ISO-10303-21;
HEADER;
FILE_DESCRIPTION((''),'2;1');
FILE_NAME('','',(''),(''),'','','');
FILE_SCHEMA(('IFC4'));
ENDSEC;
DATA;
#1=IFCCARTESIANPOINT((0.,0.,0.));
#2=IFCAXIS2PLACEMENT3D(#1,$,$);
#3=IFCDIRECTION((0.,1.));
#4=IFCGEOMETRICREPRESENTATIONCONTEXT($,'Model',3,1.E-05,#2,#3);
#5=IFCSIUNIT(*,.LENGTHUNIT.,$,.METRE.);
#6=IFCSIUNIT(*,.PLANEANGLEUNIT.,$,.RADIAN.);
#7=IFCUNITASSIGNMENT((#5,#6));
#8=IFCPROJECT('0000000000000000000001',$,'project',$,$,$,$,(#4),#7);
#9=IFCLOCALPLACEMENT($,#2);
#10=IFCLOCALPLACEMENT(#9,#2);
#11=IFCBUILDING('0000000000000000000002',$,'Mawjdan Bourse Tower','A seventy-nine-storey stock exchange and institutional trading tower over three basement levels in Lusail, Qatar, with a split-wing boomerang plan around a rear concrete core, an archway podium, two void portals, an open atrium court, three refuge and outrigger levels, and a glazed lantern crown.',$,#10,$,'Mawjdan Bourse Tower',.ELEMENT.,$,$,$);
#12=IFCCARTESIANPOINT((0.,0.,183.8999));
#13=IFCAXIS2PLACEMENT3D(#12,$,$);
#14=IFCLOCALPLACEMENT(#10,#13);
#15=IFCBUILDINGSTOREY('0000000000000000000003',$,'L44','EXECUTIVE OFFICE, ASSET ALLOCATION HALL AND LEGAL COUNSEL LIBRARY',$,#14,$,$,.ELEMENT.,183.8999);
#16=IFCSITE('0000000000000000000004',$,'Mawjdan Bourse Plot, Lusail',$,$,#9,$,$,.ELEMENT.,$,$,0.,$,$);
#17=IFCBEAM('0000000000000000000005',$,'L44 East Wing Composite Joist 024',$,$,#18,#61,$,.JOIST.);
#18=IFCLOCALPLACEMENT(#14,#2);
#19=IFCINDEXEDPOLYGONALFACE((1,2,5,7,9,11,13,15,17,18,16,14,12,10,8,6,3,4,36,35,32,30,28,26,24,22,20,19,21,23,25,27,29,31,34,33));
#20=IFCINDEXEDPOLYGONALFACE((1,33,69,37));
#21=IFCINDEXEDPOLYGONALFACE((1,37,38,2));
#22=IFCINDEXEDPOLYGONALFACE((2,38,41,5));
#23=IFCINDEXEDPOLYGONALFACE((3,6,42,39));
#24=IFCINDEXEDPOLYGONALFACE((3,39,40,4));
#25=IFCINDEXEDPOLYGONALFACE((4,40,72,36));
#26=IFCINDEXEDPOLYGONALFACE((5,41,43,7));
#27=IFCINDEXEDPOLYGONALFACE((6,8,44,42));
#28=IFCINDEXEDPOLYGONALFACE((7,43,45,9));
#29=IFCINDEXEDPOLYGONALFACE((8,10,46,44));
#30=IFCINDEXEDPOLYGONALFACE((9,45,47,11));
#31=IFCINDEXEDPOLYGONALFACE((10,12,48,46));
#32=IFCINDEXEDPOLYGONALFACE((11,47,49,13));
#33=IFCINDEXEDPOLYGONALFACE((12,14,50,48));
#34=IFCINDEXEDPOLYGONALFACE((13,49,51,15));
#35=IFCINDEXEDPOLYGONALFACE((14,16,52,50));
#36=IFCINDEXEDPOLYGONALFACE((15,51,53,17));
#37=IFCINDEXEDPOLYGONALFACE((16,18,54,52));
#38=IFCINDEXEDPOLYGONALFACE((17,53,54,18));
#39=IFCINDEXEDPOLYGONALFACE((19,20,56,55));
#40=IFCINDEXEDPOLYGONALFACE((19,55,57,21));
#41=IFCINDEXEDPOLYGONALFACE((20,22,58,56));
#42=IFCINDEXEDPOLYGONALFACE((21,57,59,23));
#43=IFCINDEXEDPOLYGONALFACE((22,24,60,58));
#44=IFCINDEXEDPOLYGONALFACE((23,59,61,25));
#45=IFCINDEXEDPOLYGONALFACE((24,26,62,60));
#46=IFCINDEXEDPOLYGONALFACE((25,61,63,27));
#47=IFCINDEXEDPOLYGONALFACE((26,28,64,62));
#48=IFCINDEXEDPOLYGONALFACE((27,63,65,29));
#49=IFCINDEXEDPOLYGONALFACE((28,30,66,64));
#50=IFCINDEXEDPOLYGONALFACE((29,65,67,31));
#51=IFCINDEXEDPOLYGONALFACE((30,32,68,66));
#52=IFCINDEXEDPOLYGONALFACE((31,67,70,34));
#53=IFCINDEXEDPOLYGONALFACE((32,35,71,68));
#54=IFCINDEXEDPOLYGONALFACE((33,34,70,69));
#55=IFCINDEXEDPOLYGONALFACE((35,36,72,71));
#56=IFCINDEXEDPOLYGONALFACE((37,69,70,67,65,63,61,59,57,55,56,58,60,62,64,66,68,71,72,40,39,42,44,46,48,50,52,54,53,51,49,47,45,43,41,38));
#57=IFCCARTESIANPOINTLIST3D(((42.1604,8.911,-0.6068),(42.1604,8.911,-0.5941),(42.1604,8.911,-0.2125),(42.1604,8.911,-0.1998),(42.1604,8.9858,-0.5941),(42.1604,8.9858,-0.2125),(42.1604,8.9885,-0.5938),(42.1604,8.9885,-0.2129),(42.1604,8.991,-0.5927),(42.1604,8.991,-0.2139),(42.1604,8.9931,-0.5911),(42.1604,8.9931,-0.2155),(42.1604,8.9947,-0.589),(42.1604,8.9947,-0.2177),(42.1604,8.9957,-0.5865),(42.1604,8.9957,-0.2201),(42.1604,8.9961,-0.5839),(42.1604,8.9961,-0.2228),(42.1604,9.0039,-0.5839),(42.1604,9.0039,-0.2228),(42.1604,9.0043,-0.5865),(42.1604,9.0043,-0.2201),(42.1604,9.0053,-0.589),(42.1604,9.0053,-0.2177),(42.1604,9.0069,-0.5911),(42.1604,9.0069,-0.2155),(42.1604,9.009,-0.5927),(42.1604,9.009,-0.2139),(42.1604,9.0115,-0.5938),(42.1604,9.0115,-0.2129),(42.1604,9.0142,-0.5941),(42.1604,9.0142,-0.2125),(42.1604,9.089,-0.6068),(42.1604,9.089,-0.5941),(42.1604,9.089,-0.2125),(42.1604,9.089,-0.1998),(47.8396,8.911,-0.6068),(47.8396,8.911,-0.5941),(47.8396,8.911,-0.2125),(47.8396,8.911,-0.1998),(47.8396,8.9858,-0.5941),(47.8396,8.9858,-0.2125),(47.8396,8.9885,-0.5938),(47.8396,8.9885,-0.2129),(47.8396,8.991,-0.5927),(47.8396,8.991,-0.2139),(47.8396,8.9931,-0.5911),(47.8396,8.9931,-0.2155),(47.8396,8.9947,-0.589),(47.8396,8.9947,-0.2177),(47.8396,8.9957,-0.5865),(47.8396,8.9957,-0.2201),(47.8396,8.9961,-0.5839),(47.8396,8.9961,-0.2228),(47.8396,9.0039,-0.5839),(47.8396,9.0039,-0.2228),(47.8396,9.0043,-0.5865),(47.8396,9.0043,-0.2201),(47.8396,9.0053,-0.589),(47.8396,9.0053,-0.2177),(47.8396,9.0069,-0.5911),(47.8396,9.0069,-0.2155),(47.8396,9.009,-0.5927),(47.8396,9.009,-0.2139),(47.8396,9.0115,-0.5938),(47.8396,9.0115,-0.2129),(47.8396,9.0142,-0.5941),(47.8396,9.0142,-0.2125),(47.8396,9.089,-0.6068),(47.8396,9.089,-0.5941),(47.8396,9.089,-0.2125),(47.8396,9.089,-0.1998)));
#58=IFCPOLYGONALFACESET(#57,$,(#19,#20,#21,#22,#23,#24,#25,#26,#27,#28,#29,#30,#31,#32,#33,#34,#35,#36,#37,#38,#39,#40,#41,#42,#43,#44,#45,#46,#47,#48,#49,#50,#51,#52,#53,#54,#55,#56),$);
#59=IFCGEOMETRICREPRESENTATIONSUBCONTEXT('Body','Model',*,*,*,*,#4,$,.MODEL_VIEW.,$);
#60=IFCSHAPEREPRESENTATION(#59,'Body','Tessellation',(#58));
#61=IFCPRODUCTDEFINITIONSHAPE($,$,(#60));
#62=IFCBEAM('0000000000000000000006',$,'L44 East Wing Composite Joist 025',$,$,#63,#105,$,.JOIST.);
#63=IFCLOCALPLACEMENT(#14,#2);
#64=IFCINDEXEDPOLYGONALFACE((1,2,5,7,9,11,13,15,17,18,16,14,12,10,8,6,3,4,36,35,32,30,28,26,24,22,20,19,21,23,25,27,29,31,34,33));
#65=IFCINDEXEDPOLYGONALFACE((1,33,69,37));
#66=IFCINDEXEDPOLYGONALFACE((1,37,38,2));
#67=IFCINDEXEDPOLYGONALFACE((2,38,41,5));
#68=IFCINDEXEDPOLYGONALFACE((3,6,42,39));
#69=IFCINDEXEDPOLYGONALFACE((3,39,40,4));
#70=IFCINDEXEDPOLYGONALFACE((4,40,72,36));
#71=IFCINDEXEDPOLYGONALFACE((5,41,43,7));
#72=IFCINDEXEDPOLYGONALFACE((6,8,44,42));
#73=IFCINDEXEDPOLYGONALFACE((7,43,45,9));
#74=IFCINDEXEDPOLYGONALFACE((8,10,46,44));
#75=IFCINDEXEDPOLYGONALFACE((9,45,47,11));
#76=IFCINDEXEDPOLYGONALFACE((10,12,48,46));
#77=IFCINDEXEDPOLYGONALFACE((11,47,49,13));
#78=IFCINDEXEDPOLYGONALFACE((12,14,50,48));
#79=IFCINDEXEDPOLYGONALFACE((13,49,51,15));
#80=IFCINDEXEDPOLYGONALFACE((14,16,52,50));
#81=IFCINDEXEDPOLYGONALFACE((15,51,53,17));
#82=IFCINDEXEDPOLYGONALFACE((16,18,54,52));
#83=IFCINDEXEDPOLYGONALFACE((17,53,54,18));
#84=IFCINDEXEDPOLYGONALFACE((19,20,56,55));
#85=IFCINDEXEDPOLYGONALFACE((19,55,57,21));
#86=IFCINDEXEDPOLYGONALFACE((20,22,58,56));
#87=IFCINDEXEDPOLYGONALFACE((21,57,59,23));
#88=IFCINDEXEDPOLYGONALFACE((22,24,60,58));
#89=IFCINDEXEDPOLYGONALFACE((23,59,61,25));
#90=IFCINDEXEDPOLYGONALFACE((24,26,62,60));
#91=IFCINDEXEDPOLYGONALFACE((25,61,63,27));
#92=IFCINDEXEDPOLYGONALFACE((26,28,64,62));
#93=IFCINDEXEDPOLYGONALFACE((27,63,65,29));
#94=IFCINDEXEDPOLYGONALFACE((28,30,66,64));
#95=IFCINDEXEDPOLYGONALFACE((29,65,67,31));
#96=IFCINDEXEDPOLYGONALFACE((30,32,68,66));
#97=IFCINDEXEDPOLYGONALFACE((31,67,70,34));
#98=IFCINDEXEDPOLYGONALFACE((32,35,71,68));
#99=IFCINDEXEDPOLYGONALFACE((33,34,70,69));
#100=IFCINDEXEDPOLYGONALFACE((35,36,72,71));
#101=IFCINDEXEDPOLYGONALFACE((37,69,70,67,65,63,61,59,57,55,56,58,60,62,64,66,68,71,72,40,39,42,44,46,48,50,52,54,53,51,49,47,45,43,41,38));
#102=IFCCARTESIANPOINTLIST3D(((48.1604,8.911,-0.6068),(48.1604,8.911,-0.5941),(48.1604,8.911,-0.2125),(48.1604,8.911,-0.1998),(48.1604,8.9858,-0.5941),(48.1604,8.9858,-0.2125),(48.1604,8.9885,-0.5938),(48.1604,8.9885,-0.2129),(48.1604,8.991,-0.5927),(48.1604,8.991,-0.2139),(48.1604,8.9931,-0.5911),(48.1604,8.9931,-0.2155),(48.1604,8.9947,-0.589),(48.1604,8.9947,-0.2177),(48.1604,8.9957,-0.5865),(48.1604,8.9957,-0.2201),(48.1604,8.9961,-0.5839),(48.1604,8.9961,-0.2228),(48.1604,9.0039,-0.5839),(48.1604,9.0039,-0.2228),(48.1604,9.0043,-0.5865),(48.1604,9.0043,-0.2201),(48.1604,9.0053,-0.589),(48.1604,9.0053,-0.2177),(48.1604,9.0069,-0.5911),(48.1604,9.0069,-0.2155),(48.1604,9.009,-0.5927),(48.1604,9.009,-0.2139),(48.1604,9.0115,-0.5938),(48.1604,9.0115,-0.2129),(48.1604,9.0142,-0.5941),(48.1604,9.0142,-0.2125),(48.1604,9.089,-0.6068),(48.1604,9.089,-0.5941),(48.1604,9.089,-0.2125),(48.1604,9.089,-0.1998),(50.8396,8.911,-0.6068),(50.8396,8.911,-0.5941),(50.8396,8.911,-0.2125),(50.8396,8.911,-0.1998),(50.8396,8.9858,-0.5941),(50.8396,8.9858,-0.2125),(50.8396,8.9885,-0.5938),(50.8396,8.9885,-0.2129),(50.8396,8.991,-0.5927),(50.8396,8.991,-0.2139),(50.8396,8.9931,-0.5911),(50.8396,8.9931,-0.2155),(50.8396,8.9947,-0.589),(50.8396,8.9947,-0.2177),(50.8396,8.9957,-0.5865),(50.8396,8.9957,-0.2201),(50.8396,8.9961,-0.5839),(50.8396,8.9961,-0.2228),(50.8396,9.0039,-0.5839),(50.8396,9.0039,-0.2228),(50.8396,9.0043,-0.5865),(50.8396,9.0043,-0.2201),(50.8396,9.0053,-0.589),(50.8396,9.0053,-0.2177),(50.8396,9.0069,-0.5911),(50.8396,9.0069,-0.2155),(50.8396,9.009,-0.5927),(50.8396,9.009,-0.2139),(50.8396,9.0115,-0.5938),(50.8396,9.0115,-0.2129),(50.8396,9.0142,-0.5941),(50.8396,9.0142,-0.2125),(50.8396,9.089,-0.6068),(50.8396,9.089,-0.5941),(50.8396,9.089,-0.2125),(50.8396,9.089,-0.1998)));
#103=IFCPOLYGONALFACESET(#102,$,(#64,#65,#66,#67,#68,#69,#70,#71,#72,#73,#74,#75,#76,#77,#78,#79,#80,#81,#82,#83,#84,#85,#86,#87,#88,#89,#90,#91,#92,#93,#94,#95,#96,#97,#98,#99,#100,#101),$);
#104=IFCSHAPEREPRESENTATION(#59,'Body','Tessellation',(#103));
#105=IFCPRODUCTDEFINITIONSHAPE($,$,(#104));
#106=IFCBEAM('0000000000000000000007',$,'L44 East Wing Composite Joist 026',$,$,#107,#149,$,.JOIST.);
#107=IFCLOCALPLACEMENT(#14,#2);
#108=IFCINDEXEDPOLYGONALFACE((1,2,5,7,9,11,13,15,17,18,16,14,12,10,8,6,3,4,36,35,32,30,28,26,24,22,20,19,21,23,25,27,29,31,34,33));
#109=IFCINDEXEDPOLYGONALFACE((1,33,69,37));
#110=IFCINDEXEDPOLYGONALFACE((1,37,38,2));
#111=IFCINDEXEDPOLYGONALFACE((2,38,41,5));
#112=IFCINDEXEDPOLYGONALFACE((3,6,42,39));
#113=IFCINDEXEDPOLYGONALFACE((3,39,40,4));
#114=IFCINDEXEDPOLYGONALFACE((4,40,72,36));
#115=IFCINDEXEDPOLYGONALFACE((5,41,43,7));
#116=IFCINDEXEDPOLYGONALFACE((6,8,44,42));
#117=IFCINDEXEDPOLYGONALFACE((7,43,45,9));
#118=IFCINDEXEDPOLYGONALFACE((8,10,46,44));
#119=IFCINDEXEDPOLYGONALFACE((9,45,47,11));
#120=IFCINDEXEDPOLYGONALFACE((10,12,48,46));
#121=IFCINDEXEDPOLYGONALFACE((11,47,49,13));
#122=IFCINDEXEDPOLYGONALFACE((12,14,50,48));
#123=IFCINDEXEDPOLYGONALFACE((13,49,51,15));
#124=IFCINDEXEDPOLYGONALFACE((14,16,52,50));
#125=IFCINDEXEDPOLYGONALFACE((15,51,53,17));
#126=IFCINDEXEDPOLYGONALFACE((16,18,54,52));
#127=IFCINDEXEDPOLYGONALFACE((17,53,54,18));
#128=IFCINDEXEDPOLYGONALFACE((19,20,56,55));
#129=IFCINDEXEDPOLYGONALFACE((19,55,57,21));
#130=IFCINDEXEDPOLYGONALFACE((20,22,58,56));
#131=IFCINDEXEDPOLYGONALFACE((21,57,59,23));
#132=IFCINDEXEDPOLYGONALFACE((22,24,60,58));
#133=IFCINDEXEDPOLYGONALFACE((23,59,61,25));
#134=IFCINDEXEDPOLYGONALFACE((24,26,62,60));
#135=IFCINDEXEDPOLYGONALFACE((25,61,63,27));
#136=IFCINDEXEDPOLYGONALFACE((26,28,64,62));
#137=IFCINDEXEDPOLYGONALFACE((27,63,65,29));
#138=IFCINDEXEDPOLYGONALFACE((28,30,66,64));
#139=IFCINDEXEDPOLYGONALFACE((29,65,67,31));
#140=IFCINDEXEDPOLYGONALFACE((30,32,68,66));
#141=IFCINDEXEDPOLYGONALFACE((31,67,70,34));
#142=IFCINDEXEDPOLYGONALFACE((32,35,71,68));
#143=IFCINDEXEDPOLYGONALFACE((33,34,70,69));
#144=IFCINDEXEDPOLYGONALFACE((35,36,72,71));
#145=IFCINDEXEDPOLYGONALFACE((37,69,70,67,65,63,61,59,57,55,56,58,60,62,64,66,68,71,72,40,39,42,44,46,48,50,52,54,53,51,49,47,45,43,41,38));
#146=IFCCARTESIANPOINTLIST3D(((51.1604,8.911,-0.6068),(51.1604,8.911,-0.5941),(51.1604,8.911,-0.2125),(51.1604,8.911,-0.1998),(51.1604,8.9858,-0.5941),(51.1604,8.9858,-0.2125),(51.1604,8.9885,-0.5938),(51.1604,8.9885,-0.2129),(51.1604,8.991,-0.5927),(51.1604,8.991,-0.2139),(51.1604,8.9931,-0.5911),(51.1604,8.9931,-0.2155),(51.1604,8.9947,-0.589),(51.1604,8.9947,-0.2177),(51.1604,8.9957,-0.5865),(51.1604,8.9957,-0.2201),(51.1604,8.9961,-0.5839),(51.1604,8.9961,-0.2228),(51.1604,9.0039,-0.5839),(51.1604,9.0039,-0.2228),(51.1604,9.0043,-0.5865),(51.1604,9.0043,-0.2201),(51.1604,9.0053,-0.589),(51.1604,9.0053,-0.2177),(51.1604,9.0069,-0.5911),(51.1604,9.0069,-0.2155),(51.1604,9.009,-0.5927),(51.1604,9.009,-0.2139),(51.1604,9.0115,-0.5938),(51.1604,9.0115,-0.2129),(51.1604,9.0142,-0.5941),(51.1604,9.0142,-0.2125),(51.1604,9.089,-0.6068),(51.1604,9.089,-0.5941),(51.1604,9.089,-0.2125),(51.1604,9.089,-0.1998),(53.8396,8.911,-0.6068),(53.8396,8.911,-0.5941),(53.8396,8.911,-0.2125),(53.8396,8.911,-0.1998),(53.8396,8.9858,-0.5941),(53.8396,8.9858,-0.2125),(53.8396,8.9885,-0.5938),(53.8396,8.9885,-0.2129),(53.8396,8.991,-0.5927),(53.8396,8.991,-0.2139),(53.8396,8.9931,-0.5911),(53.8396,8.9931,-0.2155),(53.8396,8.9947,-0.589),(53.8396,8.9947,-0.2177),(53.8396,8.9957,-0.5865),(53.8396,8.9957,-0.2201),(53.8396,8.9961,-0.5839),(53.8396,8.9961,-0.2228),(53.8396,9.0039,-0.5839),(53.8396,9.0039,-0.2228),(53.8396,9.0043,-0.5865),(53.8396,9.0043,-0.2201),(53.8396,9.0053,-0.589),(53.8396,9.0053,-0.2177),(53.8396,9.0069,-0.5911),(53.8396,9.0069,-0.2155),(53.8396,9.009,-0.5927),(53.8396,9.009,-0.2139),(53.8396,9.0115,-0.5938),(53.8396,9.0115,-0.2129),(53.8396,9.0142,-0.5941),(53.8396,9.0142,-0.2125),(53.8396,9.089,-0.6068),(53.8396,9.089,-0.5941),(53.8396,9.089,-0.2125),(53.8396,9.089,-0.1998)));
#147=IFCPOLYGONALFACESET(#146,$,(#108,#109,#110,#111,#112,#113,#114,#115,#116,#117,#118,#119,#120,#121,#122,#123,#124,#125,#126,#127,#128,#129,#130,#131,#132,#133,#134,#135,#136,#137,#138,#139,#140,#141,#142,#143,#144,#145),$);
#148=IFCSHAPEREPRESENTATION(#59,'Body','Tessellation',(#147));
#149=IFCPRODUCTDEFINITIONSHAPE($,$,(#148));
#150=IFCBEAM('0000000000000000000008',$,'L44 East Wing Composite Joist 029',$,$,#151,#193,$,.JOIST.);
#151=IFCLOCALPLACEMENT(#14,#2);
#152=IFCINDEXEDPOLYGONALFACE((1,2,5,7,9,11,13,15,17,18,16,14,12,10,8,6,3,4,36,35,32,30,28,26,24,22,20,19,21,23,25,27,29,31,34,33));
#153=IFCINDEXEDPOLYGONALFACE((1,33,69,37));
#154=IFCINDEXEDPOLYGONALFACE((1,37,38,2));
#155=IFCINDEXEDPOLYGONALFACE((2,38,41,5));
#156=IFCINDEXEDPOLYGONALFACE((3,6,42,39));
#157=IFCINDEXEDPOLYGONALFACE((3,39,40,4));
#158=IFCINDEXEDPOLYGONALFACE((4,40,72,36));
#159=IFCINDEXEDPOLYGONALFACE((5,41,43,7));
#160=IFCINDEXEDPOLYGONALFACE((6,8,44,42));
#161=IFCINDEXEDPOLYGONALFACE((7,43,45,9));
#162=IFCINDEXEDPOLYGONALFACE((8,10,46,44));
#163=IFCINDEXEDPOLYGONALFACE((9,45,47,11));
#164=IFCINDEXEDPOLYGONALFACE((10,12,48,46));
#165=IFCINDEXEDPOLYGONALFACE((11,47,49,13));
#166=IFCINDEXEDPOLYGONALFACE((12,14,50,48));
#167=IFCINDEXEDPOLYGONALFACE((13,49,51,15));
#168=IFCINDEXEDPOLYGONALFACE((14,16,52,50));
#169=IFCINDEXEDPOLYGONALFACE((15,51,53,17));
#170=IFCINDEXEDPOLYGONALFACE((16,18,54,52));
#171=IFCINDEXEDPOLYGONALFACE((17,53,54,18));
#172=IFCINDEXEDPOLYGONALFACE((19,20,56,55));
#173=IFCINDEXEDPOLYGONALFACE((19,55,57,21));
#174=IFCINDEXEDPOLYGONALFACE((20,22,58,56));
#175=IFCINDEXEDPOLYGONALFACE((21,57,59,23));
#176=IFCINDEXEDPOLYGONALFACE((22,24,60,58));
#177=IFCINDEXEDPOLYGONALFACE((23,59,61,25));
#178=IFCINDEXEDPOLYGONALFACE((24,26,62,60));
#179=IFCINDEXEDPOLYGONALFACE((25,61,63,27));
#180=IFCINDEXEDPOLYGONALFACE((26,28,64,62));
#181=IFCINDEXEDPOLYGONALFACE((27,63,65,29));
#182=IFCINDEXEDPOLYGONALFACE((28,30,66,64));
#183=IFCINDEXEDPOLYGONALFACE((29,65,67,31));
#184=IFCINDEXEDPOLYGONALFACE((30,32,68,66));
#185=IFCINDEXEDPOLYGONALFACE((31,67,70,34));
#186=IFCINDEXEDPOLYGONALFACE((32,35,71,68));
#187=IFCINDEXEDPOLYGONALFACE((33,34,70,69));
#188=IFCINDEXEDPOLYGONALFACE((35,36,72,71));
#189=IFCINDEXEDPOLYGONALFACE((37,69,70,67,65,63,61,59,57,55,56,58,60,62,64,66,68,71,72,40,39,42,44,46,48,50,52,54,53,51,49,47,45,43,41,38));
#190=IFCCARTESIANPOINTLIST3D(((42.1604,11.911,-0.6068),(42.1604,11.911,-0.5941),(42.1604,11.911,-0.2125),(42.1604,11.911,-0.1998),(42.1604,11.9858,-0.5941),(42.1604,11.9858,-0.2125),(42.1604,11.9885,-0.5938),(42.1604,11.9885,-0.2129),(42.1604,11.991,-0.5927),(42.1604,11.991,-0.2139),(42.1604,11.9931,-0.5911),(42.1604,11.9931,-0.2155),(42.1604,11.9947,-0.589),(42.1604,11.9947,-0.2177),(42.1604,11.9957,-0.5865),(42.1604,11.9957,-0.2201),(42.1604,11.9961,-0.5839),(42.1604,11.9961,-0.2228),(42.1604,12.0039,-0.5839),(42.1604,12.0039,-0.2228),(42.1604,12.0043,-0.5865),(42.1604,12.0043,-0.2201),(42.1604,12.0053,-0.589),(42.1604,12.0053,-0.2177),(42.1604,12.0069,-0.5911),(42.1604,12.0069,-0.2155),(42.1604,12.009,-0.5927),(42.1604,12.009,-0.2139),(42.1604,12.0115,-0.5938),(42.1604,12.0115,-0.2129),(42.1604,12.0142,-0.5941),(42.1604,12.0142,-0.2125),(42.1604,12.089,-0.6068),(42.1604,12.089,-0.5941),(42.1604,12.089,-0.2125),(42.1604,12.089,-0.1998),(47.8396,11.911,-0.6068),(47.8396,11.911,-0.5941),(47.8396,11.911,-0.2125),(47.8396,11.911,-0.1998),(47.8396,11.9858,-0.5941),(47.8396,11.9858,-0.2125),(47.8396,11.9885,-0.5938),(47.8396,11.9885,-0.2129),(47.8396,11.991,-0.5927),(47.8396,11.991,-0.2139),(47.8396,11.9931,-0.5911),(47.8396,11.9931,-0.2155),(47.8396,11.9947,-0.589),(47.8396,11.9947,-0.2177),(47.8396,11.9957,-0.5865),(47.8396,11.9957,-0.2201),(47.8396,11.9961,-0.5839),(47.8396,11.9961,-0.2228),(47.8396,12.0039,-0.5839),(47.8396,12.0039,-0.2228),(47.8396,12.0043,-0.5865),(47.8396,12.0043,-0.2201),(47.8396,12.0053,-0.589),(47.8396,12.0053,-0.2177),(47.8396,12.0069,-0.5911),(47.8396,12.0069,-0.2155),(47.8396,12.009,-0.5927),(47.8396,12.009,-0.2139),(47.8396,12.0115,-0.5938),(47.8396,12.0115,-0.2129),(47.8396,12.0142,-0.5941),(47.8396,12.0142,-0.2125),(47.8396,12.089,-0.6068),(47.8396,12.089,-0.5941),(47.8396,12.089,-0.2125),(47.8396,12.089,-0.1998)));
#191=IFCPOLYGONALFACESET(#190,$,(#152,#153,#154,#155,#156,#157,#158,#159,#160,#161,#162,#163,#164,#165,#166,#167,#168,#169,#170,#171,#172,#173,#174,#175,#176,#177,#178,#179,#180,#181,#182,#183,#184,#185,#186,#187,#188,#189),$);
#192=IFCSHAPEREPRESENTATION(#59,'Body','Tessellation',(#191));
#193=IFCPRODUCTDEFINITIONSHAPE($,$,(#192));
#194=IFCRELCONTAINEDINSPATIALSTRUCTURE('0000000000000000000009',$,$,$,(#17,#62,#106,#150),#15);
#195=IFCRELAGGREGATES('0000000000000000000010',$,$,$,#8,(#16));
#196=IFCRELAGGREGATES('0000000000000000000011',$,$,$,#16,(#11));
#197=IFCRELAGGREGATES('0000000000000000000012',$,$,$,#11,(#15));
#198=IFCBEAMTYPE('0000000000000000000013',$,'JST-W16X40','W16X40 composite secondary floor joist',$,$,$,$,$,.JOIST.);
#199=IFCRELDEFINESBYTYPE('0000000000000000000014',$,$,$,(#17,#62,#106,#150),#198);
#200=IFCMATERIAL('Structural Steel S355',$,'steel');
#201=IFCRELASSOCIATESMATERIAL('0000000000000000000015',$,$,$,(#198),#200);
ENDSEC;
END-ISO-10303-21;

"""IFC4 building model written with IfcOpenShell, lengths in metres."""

from ifc_helpers import new_model, si_unit, direction, frame, origin, origin_2d, place, context, subcontext, project, spatial, i_section, extrude, material, material_profile, profile_set, type_object, element, save


model = new_model("IFC4")

# Units and contexts
model_context = context("Model", 3, precision=1e-05, world=origin(), true_north=direction((0.0, 1.0)))
body_context = subcontext(model_context, "Body", "Model", "MODEL_VIEW")
ifc_project = project(units=[si_unit("LENGTHUNIT", "METRE"), si_unit("PLANEANGLEUNIT", "RADIAN")], contexts=[model_context])

# Site, building, storey
site_placement = place(None, origin())
site = spatial("IfcSite", under=ifc_project, at=site_placement, Name="Mawjdan Bourse Plot, Lusail", CompositionType="ELEMENT", RefElevation=0.0)
building_placement = place(site_placement, origin())
building = spatial("IfcBuilding", under=site, at=building_placement, Name="Mawjdan Bourse Tower", Description="A seventy-nine-storey stock exchange and institutional trading tower over three basement levels in Lusail, Qatar, with a split-wing boomerang plan around a rear concrete core, an archway podium, two void portals, an open atrium court, three refuge and outrigger levels, and a glazed lantern crown.", LongName="Mawjdan Bourse Tower", CompositionType="ELEMENT")
storey_placement = place(building_placement, frame((0.0, 0.0, 183.8999)))
storey = spatial("IfcBuildingStorey", under=building, at=storey_placement, Name="L44", Description="EXECUTIVE OFFICE, ASSET ALLOCATION HALL AND LEGAL COUNSEL LIBRARY", CompositionType="ELEMENT", Elevation=183.8999)

# Beams
ifc_material_1 = material(Name="Structural Steel S355", Category="steel")
ifc_material_profile_1 = material_profile(ifc_material_1, i_section(OverallWidth=0.178, OverallDepth=0.407, WebThickness=0.0078, FlangeThickness=0.0127, FilletRadius=0.0103, at=origin_2d()), Name="W16X40")
ifc_profile_set_1 = profile_set([ifc_material_profile_1], Name="Structural Steel S355")
beam_type_1 = type_object("IfcBeamType", Name="JST-W16X40", Description="W16X40 composite secondary floor joist", PredefinedType="JOIST", material=ifc_profile_set_1)
beam_1_placement = place(storey_placement, frame((42.1604, 9.0, -0.4033), z_axis=(1.0, 0.0, 0.0), x_axis=(0.0, 1.0, 0.0)))
element("IfcBeam", 1, at=beam_1_placement, inside=storey, type_object=beam_type_1, Name="L44 East Wing Composite Joist 024", PredefinedType="JOIST", context=body_context, shape_type="SweptSolid", body=[
    extrude(i_section(OverallWidth=0.178, OverallDepth=0.407, WebThickness=0.0078, FlangeThickness=0.0127, FilletRadius=0.0103, at=origin_2d()), origin(), (0.0, 0.0, 1.0), 5.6792),
])
for number, where, z_axis, x_axis, name in (
    (2, (48.1604, 9.0, -0.4033), (1.0, 0.0, 0.0), (0.0, 1.0, 0.0), "L44 East Wing Composite Joist 025"),
    (3, (51.1604, 9.0, -0.4033), (1.0, 0.0, 0.0), (0.0, 1.0, 0.0), "L44 East Wing Composite Joist 026"),
):
    element("IfcBeam", number, at=place(storey_placement, frame(where, z_axis=z_axis, x_axis=x_axis)), inside=storey, type_object=beam_type_1, Name=name, PredefinedType="JOIST", context=body_context, shape_type="SweptSolid", body=[
        extrude(i_section(OverallWidth=0.178, OverallDepth=0.407, WebThickness=0.0078, FlangeThickness=0.0127, FilletRadius=0.0103, at=origin_2d()), origin(), (0.0, 0.0, 1.0), 2.6792),
    ])
beam_2_placement = place(storey_placement, frame((42.1604, 12.0, -0.4033), z_axis=(1.0, 0.0, 0.0), x_axis=(0.0, 1.0, 0.0)))
element("IfcBeam", 4, at=beam_2_placement, inside=storey, type_object=beam_type_1, Name="L44 East Wing Composite Joist 029", PredefinedType="JOIST", context=body_context, shape_type="SweptSolid", body=[
    extrude(i_section(OverallWidth=0.178, OverallDepth=0.407, WebThickness=0.0078, FlangeThickness=0.0127, FilletRadius=0.0103, at=origin_2d()), origin(), (0.0, 0.0, 1.0), 5.6792),
])

save(model, "model.ifc")
